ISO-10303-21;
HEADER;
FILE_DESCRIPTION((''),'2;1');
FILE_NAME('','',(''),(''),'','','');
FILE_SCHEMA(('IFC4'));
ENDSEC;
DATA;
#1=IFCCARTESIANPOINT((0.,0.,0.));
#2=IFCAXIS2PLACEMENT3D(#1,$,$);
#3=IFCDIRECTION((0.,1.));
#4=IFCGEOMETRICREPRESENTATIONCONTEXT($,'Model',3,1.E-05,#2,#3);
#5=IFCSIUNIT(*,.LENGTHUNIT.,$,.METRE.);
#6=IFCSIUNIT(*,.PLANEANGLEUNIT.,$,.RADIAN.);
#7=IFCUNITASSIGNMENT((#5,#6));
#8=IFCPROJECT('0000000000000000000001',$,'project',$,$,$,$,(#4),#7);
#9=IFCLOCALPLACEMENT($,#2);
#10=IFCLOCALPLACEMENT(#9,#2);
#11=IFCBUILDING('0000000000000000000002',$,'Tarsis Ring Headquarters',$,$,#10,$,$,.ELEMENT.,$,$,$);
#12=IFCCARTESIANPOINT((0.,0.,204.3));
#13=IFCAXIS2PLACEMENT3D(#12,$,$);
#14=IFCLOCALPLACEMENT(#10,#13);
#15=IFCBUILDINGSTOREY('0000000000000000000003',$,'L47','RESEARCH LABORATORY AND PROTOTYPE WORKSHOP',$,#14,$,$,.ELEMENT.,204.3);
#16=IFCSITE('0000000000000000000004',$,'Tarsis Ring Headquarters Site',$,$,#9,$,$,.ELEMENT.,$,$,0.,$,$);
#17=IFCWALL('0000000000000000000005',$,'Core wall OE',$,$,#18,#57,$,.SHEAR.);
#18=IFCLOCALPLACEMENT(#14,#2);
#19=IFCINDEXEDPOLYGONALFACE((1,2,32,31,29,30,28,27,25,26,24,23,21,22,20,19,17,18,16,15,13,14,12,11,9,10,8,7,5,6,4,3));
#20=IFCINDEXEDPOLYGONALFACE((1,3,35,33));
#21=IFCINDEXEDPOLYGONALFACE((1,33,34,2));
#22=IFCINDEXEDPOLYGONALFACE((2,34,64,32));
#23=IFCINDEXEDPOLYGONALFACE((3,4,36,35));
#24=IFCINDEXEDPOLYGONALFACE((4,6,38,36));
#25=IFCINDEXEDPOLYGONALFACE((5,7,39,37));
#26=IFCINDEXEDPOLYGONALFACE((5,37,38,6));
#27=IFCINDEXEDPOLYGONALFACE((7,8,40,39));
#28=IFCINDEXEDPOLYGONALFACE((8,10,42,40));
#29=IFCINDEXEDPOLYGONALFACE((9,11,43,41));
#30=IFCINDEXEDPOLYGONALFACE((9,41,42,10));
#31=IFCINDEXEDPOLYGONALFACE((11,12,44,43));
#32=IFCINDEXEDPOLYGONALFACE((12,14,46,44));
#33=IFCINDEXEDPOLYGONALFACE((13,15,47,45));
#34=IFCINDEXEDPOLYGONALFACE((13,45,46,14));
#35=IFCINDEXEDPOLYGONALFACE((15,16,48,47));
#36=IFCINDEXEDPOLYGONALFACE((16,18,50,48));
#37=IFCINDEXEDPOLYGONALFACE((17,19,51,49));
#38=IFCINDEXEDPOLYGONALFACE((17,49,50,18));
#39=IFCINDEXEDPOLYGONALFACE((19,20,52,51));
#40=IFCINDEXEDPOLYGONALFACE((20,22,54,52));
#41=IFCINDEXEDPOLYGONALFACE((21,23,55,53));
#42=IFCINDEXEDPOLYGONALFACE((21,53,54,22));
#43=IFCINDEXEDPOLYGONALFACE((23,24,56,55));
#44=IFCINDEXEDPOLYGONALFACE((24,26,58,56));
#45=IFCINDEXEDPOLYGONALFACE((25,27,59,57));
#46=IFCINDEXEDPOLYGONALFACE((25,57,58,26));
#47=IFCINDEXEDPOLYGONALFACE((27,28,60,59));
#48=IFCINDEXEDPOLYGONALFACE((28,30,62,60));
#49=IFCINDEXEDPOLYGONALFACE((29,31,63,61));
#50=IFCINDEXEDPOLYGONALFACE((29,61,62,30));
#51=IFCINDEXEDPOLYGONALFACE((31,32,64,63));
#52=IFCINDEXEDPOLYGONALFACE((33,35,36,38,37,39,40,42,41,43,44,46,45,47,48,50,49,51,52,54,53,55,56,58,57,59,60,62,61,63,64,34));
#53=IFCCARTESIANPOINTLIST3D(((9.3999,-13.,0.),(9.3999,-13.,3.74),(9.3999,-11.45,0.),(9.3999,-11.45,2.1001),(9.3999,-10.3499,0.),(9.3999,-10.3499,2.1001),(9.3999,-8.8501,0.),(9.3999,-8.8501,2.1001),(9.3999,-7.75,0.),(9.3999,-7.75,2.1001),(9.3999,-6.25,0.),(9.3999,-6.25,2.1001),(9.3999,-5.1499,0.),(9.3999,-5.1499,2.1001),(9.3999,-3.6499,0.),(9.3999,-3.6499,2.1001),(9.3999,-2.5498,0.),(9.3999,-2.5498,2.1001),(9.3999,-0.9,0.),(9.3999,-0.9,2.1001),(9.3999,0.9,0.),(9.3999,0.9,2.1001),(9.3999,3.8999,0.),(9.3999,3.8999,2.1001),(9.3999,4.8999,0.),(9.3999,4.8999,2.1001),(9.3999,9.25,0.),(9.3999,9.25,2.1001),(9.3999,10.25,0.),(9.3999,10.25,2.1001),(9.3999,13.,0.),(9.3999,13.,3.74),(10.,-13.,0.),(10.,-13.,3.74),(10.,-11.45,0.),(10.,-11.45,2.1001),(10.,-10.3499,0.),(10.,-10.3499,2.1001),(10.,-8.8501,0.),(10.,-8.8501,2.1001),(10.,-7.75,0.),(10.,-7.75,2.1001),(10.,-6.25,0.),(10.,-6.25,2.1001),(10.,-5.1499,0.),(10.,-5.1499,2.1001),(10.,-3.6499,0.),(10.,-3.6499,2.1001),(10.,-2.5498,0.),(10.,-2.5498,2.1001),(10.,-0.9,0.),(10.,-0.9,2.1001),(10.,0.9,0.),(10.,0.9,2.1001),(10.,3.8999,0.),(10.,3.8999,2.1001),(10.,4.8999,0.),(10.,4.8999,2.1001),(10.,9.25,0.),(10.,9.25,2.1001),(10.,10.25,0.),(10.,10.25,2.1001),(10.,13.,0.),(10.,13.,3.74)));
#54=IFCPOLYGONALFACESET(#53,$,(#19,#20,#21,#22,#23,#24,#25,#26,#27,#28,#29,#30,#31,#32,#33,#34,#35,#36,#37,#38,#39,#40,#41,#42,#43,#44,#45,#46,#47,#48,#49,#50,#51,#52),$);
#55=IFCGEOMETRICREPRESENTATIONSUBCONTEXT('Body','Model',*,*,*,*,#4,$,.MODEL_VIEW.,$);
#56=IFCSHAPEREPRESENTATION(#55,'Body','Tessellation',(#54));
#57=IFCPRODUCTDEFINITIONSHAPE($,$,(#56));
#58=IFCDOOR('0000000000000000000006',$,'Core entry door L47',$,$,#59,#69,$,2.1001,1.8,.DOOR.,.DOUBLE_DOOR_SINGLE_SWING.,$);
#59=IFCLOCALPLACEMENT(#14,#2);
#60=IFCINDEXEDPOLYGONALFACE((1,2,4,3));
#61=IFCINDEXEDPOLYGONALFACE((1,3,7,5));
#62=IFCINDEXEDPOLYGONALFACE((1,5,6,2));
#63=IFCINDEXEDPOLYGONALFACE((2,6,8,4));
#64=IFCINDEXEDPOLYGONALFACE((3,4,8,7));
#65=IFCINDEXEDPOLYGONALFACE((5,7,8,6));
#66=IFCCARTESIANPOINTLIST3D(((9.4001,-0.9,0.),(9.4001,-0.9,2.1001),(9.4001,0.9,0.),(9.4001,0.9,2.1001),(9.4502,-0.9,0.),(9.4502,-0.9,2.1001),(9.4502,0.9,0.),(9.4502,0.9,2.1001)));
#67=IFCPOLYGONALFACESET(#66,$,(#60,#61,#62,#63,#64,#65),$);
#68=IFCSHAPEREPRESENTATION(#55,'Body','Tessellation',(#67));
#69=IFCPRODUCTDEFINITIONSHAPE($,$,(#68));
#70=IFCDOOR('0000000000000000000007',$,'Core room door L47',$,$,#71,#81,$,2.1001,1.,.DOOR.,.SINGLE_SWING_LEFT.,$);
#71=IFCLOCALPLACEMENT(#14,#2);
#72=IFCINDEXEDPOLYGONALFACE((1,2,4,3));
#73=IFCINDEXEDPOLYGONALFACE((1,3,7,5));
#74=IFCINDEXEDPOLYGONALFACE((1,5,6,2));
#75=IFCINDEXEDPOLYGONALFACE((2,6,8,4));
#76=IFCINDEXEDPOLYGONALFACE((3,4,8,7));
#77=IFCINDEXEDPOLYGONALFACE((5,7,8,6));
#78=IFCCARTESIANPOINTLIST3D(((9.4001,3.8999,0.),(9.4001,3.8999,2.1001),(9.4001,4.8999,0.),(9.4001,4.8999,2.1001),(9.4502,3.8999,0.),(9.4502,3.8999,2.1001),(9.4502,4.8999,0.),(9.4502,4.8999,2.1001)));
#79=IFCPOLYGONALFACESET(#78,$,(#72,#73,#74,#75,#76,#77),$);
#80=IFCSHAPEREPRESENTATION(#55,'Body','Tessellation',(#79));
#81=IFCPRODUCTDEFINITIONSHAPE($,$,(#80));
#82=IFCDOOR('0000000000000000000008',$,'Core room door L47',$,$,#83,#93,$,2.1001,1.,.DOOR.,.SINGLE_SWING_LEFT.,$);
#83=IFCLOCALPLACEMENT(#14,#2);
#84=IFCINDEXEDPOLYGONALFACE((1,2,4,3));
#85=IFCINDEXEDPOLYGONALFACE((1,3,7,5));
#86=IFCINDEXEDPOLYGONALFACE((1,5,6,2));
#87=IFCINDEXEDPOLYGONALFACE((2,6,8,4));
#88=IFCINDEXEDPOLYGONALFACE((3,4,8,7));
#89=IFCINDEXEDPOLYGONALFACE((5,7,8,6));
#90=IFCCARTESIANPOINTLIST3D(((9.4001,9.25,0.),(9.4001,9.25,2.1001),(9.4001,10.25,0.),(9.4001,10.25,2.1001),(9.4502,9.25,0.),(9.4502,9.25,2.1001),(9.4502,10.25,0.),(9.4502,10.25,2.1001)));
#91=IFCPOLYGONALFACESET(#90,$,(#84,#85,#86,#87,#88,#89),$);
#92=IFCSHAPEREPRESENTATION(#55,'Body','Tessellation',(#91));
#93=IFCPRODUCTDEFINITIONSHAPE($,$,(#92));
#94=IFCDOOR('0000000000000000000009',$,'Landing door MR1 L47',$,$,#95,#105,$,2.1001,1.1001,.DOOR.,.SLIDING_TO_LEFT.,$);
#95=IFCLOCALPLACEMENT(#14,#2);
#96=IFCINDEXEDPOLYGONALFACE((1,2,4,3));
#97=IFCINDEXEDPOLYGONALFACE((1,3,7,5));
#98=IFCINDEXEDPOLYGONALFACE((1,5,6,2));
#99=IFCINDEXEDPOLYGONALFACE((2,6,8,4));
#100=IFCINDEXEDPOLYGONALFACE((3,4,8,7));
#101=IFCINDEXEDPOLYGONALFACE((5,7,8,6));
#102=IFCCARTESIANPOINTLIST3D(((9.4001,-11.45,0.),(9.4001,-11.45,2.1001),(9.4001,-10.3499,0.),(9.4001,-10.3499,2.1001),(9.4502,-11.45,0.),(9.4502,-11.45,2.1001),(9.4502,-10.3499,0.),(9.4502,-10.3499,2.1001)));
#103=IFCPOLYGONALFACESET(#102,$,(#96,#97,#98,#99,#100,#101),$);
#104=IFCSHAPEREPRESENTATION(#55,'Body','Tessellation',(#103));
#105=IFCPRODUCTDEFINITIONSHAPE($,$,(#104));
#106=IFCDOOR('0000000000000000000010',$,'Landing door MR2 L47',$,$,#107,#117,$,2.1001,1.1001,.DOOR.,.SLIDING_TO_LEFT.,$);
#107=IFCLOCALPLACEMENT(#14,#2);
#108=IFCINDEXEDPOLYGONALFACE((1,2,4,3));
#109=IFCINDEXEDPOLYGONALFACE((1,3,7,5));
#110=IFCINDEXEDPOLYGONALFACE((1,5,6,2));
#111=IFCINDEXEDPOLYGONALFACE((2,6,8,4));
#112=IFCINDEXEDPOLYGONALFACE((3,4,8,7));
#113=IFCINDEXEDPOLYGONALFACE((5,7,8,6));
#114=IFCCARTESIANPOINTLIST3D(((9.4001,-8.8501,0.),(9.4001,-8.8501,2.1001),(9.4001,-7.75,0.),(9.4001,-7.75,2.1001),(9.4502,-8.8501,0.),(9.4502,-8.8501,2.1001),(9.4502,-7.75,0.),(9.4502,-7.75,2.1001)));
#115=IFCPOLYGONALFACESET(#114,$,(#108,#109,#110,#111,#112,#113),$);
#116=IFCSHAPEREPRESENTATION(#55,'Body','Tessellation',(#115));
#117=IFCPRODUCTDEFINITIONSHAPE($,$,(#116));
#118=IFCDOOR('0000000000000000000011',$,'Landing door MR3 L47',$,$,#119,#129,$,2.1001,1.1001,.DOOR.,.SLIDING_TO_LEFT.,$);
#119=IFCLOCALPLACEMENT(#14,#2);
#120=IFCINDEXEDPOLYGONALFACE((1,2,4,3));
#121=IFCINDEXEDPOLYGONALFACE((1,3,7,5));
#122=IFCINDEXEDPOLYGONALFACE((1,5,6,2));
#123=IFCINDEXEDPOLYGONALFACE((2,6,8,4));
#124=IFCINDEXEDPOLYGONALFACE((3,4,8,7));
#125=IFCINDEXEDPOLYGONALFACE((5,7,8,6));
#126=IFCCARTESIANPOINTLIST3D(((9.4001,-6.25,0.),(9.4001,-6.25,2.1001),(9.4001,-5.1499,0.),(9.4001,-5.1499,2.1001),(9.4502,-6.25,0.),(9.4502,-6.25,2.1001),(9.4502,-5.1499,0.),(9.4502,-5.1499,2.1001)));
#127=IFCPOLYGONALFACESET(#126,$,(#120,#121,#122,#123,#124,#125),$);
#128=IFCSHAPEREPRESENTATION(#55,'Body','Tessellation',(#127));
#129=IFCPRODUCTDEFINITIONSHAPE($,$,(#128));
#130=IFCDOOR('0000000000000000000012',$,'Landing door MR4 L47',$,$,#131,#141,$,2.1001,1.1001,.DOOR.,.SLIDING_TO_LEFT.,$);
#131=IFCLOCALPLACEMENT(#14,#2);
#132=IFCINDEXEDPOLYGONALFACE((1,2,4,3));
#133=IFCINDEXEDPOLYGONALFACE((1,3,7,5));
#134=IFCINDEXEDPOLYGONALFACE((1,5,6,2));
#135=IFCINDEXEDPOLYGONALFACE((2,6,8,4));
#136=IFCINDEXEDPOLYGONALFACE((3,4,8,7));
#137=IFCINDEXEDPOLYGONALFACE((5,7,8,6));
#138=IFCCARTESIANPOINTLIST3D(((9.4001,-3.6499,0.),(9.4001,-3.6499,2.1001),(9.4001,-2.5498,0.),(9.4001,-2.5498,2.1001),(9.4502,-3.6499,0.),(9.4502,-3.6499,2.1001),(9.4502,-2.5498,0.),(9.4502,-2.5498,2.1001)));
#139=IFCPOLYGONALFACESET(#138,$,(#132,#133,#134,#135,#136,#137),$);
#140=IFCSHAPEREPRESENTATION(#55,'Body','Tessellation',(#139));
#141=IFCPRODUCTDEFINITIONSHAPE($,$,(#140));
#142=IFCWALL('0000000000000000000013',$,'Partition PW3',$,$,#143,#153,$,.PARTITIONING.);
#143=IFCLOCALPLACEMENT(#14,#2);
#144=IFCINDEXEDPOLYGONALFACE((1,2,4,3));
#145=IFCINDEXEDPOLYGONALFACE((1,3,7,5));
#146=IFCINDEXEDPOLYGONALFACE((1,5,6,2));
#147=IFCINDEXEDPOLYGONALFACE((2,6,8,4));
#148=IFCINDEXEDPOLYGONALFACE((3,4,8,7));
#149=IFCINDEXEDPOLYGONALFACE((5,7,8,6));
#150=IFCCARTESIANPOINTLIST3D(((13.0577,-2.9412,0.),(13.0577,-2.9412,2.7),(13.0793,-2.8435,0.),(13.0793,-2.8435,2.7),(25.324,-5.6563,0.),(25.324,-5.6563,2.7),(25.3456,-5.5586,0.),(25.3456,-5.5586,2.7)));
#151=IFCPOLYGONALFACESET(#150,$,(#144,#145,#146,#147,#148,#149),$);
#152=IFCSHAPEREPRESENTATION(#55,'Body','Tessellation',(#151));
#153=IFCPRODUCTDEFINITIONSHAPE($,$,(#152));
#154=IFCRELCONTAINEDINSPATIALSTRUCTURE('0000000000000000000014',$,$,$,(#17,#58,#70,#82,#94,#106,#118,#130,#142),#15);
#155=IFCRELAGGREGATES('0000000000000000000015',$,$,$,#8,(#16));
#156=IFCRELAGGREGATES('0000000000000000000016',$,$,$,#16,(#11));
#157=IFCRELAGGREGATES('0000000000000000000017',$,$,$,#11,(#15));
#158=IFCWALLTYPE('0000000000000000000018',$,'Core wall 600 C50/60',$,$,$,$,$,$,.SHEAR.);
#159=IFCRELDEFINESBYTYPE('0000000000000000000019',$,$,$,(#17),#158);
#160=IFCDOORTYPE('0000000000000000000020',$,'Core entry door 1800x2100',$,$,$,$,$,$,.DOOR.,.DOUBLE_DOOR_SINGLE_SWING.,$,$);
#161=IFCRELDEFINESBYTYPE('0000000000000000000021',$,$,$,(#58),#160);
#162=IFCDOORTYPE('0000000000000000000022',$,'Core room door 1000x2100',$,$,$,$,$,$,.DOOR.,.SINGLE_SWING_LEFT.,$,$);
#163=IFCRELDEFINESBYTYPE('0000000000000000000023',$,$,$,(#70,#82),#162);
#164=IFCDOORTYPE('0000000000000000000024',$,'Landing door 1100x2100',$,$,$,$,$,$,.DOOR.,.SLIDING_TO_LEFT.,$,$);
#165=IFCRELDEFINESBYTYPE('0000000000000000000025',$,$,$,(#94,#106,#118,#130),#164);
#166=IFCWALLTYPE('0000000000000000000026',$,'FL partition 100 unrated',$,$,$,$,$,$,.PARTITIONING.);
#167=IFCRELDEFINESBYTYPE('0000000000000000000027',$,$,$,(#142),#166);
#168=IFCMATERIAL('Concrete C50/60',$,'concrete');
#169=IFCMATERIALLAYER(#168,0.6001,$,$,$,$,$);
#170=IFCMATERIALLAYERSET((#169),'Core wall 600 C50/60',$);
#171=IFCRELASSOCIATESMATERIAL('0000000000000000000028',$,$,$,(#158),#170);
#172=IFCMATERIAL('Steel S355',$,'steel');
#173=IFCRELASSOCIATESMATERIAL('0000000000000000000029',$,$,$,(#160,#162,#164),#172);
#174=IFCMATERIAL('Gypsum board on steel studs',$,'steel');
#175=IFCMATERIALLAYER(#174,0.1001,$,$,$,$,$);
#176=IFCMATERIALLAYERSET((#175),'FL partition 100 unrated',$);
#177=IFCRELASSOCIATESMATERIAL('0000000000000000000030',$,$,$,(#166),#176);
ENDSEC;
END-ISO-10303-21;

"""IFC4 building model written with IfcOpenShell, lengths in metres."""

from ifc_helpers import new_model, si_unit, direction, frame, frame_2d, origin, place, context, subcontext, project, spatial, rectangle, extrude, material, layer, layer_set, type_object, element, fill, save


model = new_model("IFC4")

# Units and contexts
model_context = context("Model", 3, precision=1e-05, world=origin(), true_north=direction((0.0, 1.0)))
body_context = subcontext(model_context, "Body", "Model", "MODEL_VIEW")
ifc_project = project(units=[si_unit("LENGTHUNIT", "METRE"), si_unit("PLANEANGLEUNIT", "RADIAN")], contexts=[model_context])

# Site, building, storey
site_placement = place(None, origin())
site = spatial("IfcSite", under=ifc_project, at=site_placement, Name="Tarsis Ring Headquarters Site", CompositionType="ELEMENT", RefElevation=0.0)
building_placement = place(site_placement, origin())
building = spatial("IfcBuilding", under=site, at=building_placement, Name="Tarsis Ring Headquarters", CompositionType="ELEMENT")
storey_placement = place(building_placement, frame((0.0, 0.0, 204.3)))
storey = spatial("IfcBuildingStorey", under=building, at=storey_placement, Name="L47", Description="RESEARCH LABORATORY AND PROTOTYPE WORKSHOP", CompositionType="ELEMENT", Elevation=204.3)

# Wall, openings, doors
ifc_material_1 = material(Name="Concrete C50/60", Category="concrete")
ifc_layer_1 = layer(ifc_material_1, 0.6001)
ifc_layer_set_1 = layer_set([ifc_layer_1], Name="Core wall 600 C50/60")
wall_type_1 = type_object("IfcWallType", Name="Core wall 600 C50/60", PredefinedType="SHEAR", material=ifc_layer_set_1)
wall_1_placement = place(storey_placement, frame((9.7, -13.0, 0.0), z_axis=(0.0, 0.0, 1.0), x_axis=(0.0, 1.0, 0.0)))
wall_1 = element("IfcWall", 1, at=wall_1_placement, inside=storey, type_object=wall_type_1, Name="Core wall OE", PredefinedType="SHEAR", context=body_context, shape_type="SweptSolid", body=[
    extrude(rectangle(XDim=26.0, YDim=0.6001, at=frame_2d((13.0, 0.0))), origin(), (0.0, 0.0, 1.0), 3.74),
])
opening_1_placement = place(wall_1_placement, frame((1.55, 0.0, 0.0)))
opening_1 = element("IfcOpeningElement", 2, at=opening_1_placement, cuts=wall_1, PredefinedType="OPENING", context=body_context, shape_type="SweptSolid", body=[
    extrude(rectangle(XDim=1.1001, YDim=2.1001, at=frame_2d((0.55, 1.05))), frame((0.0, 0.3101, 0.0), z_axis=(0.0, -1.0, 0.0), x_axis=(1.0, 0.0, 0.0)), (0.0, 0.0, 1.0), 0.6201),
])
opening_2_placement = place(wall_1_placement, frame((4.1499, 0.0, 0.0)))
opening_2 = element("IfcOpeningElement", 3, at=opening_2_placement, cuts=wall_1, PredefinedType="OPENING", context=body_context, shape_type="SweptSolid", body=[
    extrude(rectangle(XDim=1.1001, YDim=2.1001, at=frame_2d((0.55, 1.05))), frame((0.0, 0.3101, 0.0), z_axis=(0.0, -1.0, 0.0), x_axis=(1.0, 0.0, 0.0)), (0.0, 0.0, 1.0), 0.6201),
])
opening_3_placement = place(wall_1_placement, frame((6.75, 0.0, 0.0)))
opening_3 = element("IfcOpeningElement", 4, at=opening_3_placement, cuts=wall_1, PredefinedType="OPENING", context=body_context, shape_type="SweptSolid", body=[
    extrude(rectangle(XDim=1.1001, YDim=2.1001, at=frame_2d((0.55, 1.05))), frame((0.0, 0.3101, 0.0), z_axis=(0.0, -1.0, 0.0), x_axis=(1.0, 0.0, 0.0)), (0.0, 0.0, 1.0), 0.6201),
])
opening_4_placement = place(wall_1_placement, frame((9.3501, 0.0, 0.0)))
opening_4 = element("IfcOpeningElement", 5, at=opening_4_placement, cuts=wall_1, PredefinedType="OPENING", context=body_context, shape_type="SweptSolid", body=[
    extrude(rectangle(XDim=1.1001, YDim=2.1001, at=frame_2d((0.55, 1.05))), frame((0.0, 0.3101, 0.0), z_axis=(0.0, -1.0, 0.0), x_axis=(1.0, 0.0, 0.0)), (0.0, 0.0, 1.0), 0.6201),
])
opening_5_placement = place(wall_1_placement, frame((12.1001, 0.0, 0.0)))
opening_5 = element("IfcOpeningElement", 6, at=opening_5_placement, cuts=wall_1, PredefinedType="OPENING", context=body_context, shape_type="SweptSolid", body=[
    extrude(rectangle(XDim=1.8, YDim=2.1001, at=frame_2d((0.8999, 1.05))), frame((0.0, 0.3101, 0.0), z_axis=(0.0, -1.0, 0.0), x_axis=(1.0, 0.0, 0.0)), (0.0, 0.0, 1.0), 0.6201),
])
opening_6_placement = place(wall_1_placement, frame((16.8999, 0.0, 0.0)))
opening_6 = element("IfcOpeningElement", 7, at=opening_6_placement, cuts=wall_1, PredefinedType="OPENING", context=body_context, shape_type="SweptSolid", body=[
    extrude(rectangle(XDim=1.0, YDim=2.1001, at=frame_2d((0.5, 1.05))), frame((0.0, 0.3101, 0.0), z_axis=(0.0, -1.0, 0.0), x_axis=(1.0, 0.0, 0.0)), (0.0, 0.0, 1.0), 0.6201),
])
opening_7_placement = place(wall_1_placement, frame((22.25, 0.0, 0.0)))
opening_7 = element("IfcOpeningElement", 8, at=opening_7_placement, cuts=wall_1, PredefinedType="OPENING", context=body_context, shape_type="SweptSolid", body=[
    extrude(rectangle(XDim=1.0, YDim=2.1001, at=frame_2d((0.5, 1.05))), frame((0.0, 0.3101, 0.0), z_axis=(0.0, -1.0, 0.0), x_axis=(1.0, 0.0, 0.0)), (0.0, 0.0, 1.0), 0.6201),
])
ifc_material_2 = material(Name="Steel S355", Category="steel")
door_type_1 = type_object("IfcDoorType", Name="Core entry door 1800x2100", OperationType="DOUBLE_DOOR_SINGLE_SWING", PredefinedType="DOOR", material=ifc_material_2)
door_1_placement = place(opening_5_placement, origin())
door_1 = element("IfcDoor", 9, at=door_1_placement, inside=storey, type_object=door_type_1, Name="Core entry door L47", OperationType="DOUBLE_DOOR_SINGLE_SWING", OverallHeight=2.1001, OverallWidth=1.8, PredefinedType="DOOR", context=body_context, shape_type="SweptSolid", body=[
    extrude(rectangle(XDim=1.8, YDim=2.1001, at=frame_2d((0.8999, 1.05))), frame((0.0, 0.2998, 0.0), z_axis=(0.0, -1.0, 0.0), x_axis=(1.0, 0.0, 0.0)), (0.0, 0.0, 1.0), 0.05),
])
fill(opening_5, door_1)
door_type_2 = type_object("IfcDoorType", Name="Core room door 1000x2100", OperationType="SINGLE_SWING_LEFT", PredefinedType="DOOR", material=ifc_material_2)
door_2_placement = place(opening_6_placement, origin())
door_2 = element("IfcDoor", 10, at=door_2_placement, inside=storey, type_object=door_type_2, Name="Core room door L47", OperationType="SINGLE_SWING_LEFT", OverallHeight=2.1001, OverallWidth=1.0, PredefinedType="DOOR", context=body_context, shape_type="SweptSolid", body=[
    extrude(rectangle(XDim=1.0, YDim=2.1001, at=frame_2d((0.5, 1.05))), frame((0.0, 0.2998, 0.0), z_axis=(0.0, -1.0, 0.0), x_axis=(1.0, 0.0, 0.0)), (0.0, 0.0, 1.0), 0.05),
])
fill(opening_6, door_2)
door_3_placement = place(opening_7_placement, origin())
door_3 = element("IfcDoor", 11, at=door_3_placement, inside=storey, type_object=door_type_2, Name="Core room door L47", OperationType="SINGLE_SWING_LEFT", OverallHeight=2.1001, OverallWidth=1.0, PredefinedType="DOOR", context=body_context, shape_type="SweptSolid", body=[
    extrude(rectangle(XDim=1.0, YDim=2.1001, at=frame_2d((0.5, 1.05))), frame((0.0, 0.2998, 0.0), z_axis=(0.0, -1.0, 0.0), x_axis=(1.0, 0.0, 0.0)), (0.0, 0.0, 1.0), 0.05),
])
fill(opening_7, door_3)
door_type_3 = type_object("IfcDoorType", Name="Landing door 1100x2100", OperationType="SLIDING_TO_LEFT", PredefinedType="DOOR", material=ifc_material_2)
door_4_placement = place(opening_1_placement, origin())
door_4 = element("IfcDoor", 12, at=door_4_placement, inside=storey, type_object=door_type_3, Name="Landing door MR1 L47", OperationType="SLIDING_TO_LEFT", OverallHeight=2.1001, OverallWidth=1.1001, PredefinedType="DOOR", context=body_context, shape_type="SweptSolid", body=[
    extrude(rectangle(XDim=1.1001, YDim=2.1001, at=frame_2d((0.55, 1.05))), frame((0.0, 0.2998, 0.0), z_axis=(0.0, -1.0, 0.0), x_axis=(1.0, 0.0, 0.0)), (0.0, 0.0, 1.0), 0.05),
])
fill(opening_1, door_4)
door_5_placement = place(opening_2_placement, origin())
door_5 = element("IfcDoor", 13, at=door_5_placement, inside=storey, type_object=door_type_3, Name="Landing door MR2 L47", OperationType="SLIDING_TO_LEFT", OverallHeight=2.1001, OverallWidth=1.1001, PredefinedType="DOOR", context=body_context, shape_type="SweptSolid", body=[
    extrude(rectangle(XDim=1.1001, YDim=2.1001, at=frame_2d((0.55, 1.05))), frame((0.0, 0.2998, 0.0), z_axis=(0.0, -1.0, 0.0), x_axis=(1.0, 0.0, 0.0)), (0.0, 0.0, 1.0), 0.05),
])
fill(opening_2, door_5)
door_6_placement = place(opening_3_placement, origin())
door_6 = element("IfcDoor", 14, at=door_6_placement, inside=storey, type_object=door_type_3, Name="Landing door MR3 L47", OperationType="SLIDING_TO_LEFT", OverallHeight=2.1001, OverallWidth=1.1001, PredefinedType="DOOR", context=body_context, shape_type="SweptSolid", body=[
    extrude(rectangle(XDim=1.1001, YDim=2.1001, at=frame_2d((0.55, 1.05))), frame((0.0, 0.2998, 0.0), z_axis=(0.0, -1.0, 0.0), x_axis=(1.0, 0.0, 0.0)), (0.0, 0.0, 1.0), 0.05),
])
fill(opening_3, door_6)
door_7_placement = place(opening_4_placement, origin())
door_7 = element("IfcDoor", 15, at=door_7_placement, inside=storey, type_object=door_type_3, Name="Landing door MR4 L47", OperationType="SLIDING_TO_LEFT", OverallHeight=2.1001, OverallWidth=1.1001, PredefinedType="DOOR", context=body_context, shape_type="SweptSolid", body=[
    extrude(rectangle(XDim=1.1001, YDim=2.1001, at=frame_2d((0.55, 1.05))), frame((0.0, 0.2998, 0.0), z_axis=(0.0, -1.0, 0.0), x_axis=(1.0, 0.0, 0.0)), (0.0, 0.0, 1.0), 0.05),
])
fill(opening_4, door_7)

# Wall
ifc_material_3 = material(Name="Gypsum board on steel studs", Category="steel")
ifc_layer_2 = layer(ifc_material_3, 0.1001)
ifc_layer_set_2 = layer_set([ifc_layer_2], Name="FL partition 100 unrated")
wall_type_2 = type_object("IfcWallType", Name="FL partition 100 unrated", PredefinedType="PARTITIONING", material=ifc_layer_set_2)
wall_2_placement = place(storey_placement, frame((13.0684, -2.8923, 0.0), z_axis=(0.0, 0.0, 1.0), x_axis=(0.976368, -0.216114, 0.0)))
element("IfcWall", 16, at=wall_2_placement, inside=storey, type_object=wall_type_2, Name="Partition PW3", PredefinedType="PARTITIONING", context=body_context, shape_type="SweptSolid", body=[
    extrude(rectangle(XDim=12.5632, YDim=0.1001, at=frame_2d((6.2817, 0.0))), origin(), (0.0, 0.0, 1.0), 2.7),
])

save(model, "model.ifc")
